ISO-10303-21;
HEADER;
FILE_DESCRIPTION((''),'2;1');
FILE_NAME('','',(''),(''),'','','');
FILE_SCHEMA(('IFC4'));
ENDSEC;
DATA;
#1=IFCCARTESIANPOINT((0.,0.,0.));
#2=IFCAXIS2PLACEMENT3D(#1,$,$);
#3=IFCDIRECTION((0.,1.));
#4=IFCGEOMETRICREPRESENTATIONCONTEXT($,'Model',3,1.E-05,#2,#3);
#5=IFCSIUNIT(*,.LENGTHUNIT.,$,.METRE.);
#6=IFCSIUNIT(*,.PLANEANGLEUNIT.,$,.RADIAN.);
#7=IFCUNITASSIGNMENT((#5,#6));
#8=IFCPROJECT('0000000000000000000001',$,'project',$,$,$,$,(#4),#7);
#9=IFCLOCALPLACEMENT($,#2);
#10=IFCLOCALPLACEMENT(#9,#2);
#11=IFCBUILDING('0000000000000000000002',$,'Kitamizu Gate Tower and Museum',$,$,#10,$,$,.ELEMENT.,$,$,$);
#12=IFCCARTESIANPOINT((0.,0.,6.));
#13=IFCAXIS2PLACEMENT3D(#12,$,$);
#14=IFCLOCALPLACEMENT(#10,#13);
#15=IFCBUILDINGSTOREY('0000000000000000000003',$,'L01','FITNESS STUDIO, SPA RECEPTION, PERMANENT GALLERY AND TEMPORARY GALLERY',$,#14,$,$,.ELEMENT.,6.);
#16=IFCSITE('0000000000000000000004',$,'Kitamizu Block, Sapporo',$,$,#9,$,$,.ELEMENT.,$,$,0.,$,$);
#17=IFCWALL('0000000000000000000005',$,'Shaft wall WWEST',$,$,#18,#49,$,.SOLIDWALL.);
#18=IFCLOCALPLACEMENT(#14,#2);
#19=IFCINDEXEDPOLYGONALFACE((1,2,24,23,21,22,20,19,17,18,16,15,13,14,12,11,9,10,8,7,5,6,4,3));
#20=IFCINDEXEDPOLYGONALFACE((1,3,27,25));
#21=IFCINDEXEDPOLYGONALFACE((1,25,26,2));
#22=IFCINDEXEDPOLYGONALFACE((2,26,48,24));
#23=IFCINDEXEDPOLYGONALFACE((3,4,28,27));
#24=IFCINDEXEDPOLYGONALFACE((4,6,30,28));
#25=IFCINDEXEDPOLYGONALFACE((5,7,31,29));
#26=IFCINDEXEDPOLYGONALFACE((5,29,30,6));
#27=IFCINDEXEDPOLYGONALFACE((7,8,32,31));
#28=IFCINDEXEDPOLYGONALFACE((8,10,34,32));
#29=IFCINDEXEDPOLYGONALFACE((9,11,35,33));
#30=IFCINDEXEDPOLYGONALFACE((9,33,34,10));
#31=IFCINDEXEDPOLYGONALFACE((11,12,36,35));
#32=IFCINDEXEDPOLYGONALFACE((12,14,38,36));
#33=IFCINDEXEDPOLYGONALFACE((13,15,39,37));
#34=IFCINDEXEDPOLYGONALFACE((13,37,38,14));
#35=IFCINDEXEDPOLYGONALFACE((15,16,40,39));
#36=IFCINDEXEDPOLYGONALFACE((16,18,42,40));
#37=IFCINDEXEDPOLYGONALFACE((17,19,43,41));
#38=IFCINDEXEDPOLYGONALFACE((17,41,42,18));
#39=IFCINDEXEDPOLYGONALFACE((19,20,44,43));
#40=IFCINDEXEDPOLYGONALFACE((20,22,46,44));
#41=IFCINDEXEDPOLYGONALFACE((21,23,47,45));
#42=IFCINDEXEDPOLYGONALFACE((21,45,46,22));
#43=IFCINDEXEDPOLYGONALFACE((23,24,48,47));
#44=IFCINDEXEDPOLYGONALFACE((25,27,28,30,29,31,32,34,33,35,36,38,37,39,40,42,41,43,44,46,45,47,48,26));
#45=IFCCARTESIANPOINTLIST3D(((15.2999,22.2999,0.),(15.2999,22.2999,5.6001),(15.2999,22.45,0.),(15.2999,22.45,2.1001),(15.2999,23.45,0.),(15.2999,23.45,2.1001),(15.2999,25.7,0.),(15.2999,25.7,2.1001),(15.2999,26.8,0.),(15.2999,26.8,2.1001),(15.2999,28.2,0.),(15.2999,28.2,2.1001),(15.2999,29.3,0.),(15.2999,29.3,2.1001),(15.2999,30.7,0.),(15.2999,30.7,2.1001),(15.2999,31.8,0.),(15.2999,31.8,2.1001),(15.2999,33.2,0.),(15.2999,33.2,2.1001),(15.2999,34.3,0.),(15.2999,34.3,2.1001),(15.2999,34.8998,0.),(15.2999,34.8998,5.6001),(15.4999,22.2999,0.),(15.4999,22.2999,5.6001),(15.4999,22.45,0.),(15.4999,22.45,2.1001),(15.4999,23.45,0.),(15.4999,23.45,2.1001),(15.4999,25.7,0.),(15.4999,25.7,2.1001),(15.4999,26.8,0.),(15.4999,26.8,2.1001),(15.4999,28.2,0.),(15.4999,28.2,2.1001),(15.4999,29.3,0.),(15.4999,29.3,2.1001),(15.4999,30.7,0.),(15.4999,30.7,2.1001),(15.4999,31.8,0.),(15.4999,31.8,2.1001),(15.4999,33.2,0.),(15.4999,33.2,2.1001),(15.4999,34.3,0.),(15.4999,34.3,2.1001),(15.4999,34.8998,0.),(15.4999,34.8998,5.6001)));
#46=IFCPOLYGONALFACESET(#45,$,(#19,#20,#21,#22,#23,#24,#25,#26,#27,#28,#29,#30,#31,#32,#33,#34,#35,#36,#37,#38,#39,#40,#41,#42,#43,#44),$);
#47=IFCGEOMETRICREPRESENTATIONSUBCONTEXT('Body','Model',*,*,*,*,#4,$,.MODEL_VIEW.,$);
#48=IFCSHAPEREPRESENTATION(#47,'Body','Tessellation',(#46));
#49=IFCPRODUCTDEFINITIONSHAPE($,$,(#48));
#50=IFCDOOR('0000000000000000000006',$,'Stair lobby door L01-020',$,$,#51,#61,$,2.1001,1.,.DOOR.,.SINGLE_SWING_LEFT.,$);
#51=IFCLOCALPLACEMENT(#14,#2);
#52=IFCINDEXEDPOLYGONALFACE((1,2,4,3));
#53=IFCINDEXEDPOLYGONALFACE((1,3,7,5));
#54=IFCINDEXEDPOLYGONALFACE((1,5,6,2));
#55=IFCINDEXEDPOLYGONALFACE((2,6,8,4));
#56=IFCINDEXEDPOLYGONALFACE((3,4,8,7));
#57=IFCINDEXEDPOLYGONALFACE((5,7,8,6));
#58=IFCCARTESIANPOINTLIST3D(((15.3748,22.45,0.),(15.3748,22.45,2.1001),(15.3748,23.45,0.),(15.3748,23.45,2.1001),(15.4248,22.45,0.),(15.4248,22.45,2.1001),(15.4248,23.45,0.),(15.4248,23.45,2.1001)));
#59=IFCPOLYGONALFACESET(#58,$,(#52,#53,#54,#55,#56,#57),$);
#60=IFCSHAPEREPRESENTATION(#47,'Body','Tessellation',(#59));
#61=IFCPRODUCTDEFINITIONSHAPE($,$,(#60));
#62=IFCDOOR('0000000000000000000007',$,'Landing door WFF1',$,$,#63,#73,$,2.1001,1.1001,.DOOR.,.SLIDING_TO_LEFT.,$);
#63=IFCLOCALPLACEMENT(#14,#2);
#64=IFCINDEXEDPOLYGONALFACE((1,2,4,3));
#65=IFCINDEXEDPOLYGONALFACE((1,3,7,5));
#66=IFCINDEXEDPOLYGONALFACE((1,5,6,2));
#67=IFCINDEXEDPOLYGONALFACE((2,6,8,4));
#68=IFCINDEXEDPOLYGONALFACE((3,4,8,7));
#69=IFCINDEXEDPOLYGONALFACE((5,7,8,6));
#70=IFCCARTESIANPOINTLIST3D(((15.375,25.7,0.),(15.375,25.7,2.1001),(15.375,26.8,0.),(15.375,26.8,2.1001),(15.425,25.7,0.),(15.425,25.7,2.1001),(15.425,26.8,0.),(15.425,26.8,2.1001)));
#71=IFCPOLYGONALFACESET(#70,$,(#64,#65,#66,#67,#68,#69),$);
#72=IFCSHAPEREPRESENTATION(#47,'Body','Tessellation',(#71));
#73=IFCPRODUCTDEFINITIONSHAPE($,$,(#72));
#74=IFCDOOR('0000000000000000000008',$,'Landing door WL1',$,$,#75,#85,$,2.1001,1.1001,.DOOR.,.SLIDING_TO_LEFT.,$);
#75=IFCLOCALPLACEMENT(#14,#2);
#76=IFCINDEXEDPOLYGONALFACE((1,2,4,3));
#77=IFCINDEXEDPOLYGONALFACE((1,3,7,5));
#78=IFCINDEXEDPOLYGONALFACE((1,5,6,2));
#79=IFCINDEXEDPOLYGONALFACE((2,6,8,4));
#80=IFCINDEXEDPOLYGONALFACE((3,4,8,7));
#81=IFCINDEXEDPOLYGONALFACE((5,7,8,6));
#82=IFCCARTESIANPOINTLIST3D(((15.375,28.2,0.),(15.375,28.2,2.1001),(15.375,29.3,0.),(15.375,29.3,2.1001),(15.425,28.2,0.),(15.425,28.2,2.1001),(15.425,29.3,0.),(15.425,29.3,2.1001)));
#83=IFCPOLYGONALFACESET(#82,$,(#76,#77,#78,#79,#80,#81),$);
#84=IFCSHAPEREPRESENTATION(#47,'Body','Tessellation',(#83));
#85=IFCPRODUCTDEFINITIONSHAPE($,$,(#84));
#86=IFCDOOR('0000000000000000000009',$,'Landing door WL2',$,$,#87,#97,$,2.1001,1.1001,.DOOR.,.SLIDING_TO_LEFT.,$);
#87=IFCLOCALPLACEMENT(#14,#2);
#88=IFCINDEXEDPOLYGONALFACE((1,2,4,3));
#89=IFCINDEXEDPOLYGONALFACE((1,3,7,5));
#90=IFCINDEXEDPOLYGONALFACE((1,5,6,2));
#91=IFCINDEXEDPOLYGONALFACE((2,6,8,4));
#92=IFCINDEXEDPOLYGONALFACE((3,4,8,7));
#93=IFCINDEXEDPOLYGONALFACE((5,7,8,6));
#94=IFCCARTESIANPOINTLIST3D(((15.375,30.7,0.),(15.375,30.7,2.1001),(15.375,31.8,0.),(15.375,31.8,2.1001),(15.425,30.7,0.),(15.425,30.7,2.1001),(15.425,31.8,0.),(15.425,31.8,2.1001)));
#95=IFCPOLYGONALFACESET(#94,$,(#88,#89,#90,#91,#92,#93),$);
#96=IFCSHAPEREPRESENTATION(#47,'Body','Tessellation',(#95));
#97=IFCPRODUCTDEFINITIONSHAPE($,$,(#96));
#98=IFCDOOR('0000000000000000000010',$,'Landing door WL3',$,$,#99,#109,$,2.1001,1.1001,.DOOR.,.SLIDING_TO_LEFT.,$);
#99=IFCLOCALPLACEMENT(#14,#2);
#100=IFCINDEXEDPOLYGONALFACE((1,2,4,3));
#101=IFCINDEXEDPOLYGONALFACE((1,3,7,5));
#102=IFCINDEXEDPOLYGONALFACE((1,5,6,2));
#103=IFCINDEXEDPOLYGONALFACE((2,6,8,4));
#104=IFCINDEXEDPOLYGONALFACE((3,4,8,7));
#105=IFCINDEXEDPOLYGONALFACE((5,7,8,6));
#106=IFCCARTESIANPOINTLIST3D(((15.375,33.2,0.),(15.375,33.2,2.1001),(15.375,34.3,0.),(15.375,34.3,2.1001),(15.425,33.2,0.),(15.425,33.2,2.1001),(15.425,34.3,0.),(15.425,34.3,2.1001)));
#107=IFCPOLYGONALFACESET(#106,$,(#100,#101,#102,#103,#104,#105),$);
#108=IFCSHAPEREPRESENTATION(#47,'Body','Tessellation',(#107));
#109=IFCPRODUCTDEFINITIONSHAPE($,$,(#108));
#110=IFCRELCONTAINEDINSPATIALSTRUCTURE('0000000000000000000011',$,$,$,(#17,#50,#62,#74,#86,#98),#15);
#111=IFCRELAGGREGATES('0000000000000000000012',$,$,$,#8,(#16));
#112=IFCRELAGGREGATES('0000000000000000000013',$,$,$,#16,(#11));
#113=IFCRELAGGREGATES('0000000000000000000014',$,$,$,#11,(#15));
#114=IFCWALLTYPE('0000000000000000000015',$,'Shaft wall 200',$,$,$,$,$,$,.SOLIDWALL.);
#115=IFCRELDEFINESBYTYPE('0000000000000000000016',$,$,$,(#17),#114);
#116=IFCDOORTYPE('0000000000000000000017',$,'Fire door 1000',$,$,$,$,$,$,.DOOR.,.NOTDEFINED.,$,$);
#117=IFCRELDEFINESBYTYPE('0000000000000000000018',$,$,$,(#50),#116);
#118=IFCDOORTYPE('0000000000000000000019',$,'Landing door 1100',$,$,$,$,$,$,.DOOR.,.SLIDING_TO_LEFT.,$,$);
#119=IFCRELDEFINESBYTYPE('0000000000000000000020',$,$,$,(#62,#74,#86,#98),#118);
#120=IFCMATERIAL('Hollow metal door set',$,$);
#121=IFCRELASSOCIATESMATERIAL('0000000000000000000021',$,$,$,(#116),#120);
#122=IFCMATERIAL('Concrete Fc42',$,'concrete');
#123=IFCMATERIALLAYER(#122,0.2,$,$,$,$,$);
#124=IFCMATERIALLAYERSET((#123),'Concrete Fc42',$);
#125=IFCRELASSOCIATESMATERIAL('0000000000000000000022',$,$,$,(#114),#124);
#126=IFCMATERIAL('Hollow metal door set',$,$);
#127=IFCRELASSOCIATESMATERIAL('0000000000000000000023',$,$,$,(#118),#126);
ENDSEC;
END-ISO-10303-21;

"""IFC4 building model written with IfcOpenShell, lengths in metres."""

from ifc_helpers import new_model, si_unit, direction, frame, frame_2d, origin, place, context, subcontext, project, spatial, rectangle, extrude, material, layer, layer_set, type_object, element, fill, save


model = new_model("IFC4")

# Units and contexts
model_context = context("Model", 3, precision=1e-05, world=origin(), true_north=direction((0.0, 1.0)))
body_context = subcontext(model_context, "Body", "Model", "MODEL_VIEW")
ifc_project = project(units=[si_unit("LENGTHUNIT", "METRE"), si_unit("PLANEANGLEUNIT", "RADIAN")], contexts=[model_context])

# Site, building, storey
site_placement = place(None, origin())
site = spatial("IfcSite", under=ifc_project, at=site_placement, Name="Kitamizu Block, Sapporo", CompositionType="ELEMENT", RefElevation=0.0)
building_placement = place(site_placement, origin())
building = spatial("IfcBuilding", under=site, at=building_placement, Name="Kitamizu Gate Tower and Museum", CompositionType="ELEMENT")
storey_placement = place(building_placement, frame((0.0, 0.0, 6.0)))
storey = spatial("IfcBuildingStorey", under=building, at=storey_placement, Name="L01", Description="FITNESS STUDIO, SPA RECEPTION, PERMANENT GALLERY AND TEMPORARY GALLERY", CompositionType="ELEMENT", Elevation=6.0)

# Wall, openings, doors
ifc_material_1 = material(Name="Hollow metal door set")
door_type_1 = type_object("IfcDoorType", Name="Fire door 1000", OperationType="NOTDEFINED", PredefinedType="DOOR", material=ifc_material_1)
ifc_material_2 = material(Name="Concrete Fc42", Category="concrete")
ifc_layer_1 = layer(ifc_material_2, 0.2)
ifc_layer_set_1 = layer_set([ifc_layer_1], Name="Concrete Fc42")
wall_type_1 = type_object("IfcWallType", Name="Shaft wall 200", PredefinedType="SOLIDWALL", material=ifc_layer_set_1)
wall_1_placement = place(storey_placement, frame((15.3999, 22.3, 0.0), z_axis=(0.0, 0.0, 1.0), x_axis=(0.0, 1.0, 0.0)))
wall_1 = element("IfcWall", 1, at=wall_1_placement, inside=storey, type_object=wall_type_1, Name="Shaft wall WWEST", PredefinedType="SOLIDWALL", context=body_context, shape_type="SweptSolid", body=[
    extrude(rectangle(XDim=12.5999, YDim=0.2, at=frame_2d((6.2998, 0.0))), origin(), (0.0, 0.0, 1.0), 5.6001),
])
opening_1_placement = place(wall_1_placement, frame((3.3999, 0.0, 0.0)))
opening_1 = element("IfcOpeningElement", 2, at=opening_1_placement, cuts=wall_1, PredefinedType="OPENING", context=body_context, shape_type="SweptSolid", body=[
    extrude(rectangle(XDim=1.1001, YDim=2.1001, at=frame_2d((0.55, 1.05))), frame((0.0, 0.1099, 0.0), z_axis=(0.0, -1.0, 0.0), x_axis=(1.0, 0.0, 0.0)), (0.0, 0.0, 1.0), 0.22),
])
opening_2_placement = place(wall_1_placement, frame((5.8999, 0.0, 0.0)))
opening_2 = element("IfcOpeningElement", 3, at=opening_2_placement, cuts=wall_1, PredefinedType="OPENING", context=body_context, shape_type="SweptSolid", body=[
    extrude(rectangle(XDim=1.1001, YDim=2.1001, at=frame_2d((0.55, 1.05))), frame((0.0, 0.1099, 0.0), z_axis=(0.0, -1.0, 0.0), x_axis=(1.0, 0.0, 0.0)), (0.0, 0.0, 1.0), 0.22),
])
opening_3_placement = place(wall_1_placement, frame((8.3999, 0.0, 0.0)))
opening_3 = element("IfcOpeningElement", 4, at=opening_3_placement, cuts=wall_1, PredefinedType="OPENING", context=body_context, shape_type="SweptSolid", body=[
    extrude(rectangle(XDim=1.1001, YDim=2.1001, at=frame_2d((0.55, 1.05))), frame((0.0, 0.1099, 0.0), z_axis=(0.0, -1.0, 0.0), x_axis=(1.0, 0.0, 0.0)), (0.0, 0.0, 1.0), 0.22),
])
opening_4_placement = place(wall_1_placement, frame((10.8999, 0.0, 0.0)))
opening_4 = element("IfcOpeningElement", 5, at=opening_4_placement, cuts=wall_1, PredefinedType="OPENING", context=body_context, shape_type="SweptSolid", body=[
    extrude(rectangle(XDim=1.1001, YDim=2.1001, at=frame_2d((0.55, 1.05))), frame((0.0, 0.1099, 0.0), z_axis=(0.0, -1.0, 0.0), x_axis=(1.0, 0.0, 0.0)), (0.0, 0.0, 1.0), 0.22),
])
opening_5_placement = place(wall_1_placement, frame((0.1499, 0.0, 0.0)))
opening_5 = element("IfcOpeningElement", 6, at=opening_5_placement, cuts=wall_1, PredefinedType="OPENING", context=body_context, shape_type="SweptSolid", body=[
    extrude(rectangle(XDim=1.0, YDim=2.1001, at=frame_2d((0.5, 1.05))), frame((0.0, 0.1099, 0.0), z_axis=(0.0, -1.0, 0.0), x_axis=(1.0, 0.0, 0.0)), (0.0, 0.0, 1.0), 0.22),
])
door_1_placement = place(opening_5_placement, frame((1.0, 0.0, 0.0), x_axis=(-1.0, 0.0, 0.0)))
door_1 = element("IfcDoor", 7, at=door_1_placement, inside=storey, type_object=door_type_1, Name="Stair lobby door L01-020", OperationType="SINGLE_SWING_LEFT", OverallHeight=2.1001, OverallWidth=1.0, PredefinedType="DOOR", context=body_context, shape_type="SweptSolid", body=[
    extrude(rectangle(XDim=1.0, YDim=2.1001, at=frame_2d((0.5, 1.05))), frame((0.0, 0.0249, 0.0), z_axis=(0.0, -1.0, 0.0), x_axis=(1.0, 0.0, 0.0)), (0.0, 0.0, 1.0), 0.05),
])
fill(opening_5, door_1)
ifc_material_3 = material(Name="Hollow metal door set")
door_type_2 = type_object("IfcDoorType", Name="Landing door 1100", OperationType="SLIDING_TO_LEFT", PredefinedType="DOOR", material=ifc_material_3)
door_2_placement = place(opening_1_placement, origin())
door_2 = element("IfcDoor", 8, at=door_2_placement, inside=storey, type_object=door_type_2, Name="Landing door WFF1", OperationType="SLIDING_TO_LEFT", OverallHeight=2.1001, OverallWidth=1.1001, PredefinedType="DOOR", context=body_context, shape_type="SweptSolid", body=[
    extrude(rectangle(XDim=1.1001, YDim=2.1001, at=frame_2d((0.55, 1.05))), frame((0.0, 0.0249, 0.0), z_axis=(0.0, -1.0, 0.0), x_axis=(1.0, 0.0, 0.0)), (0.0, 0.0, 1.0), 0.05),
])
fill(opening_1, door_2)
door_3_placement = place(opening_2_placement, origin())
door_3 = element("IfcDoor", 9, at=door_3_placement, inside=storey, type_object=door_type_2, Name="Landing door WL1", OperationType="SLIDING_TO_LEFT", OverallHeight=2.1001, OverallWidth=1.1001, PredefinedType="DOOR", context=body_context, shape_type="SweptSolid", body=[
    extrude(rectangle(XDim=1.1001, YDim=2.1001, at=frame_2d((0.55, 1.05))), frame((0.0, 0.0249, 0.0), z_axis=(0.0, -1.0, 0.0), x_axis=(1.0, 0.0, 0.0)), (0.0, 0.0, 1.0), 0.05),
])
fill(opening_2, door_3)
door_4_placement = place(opening_3_placement, origin())
door_4 = element("IfcDoor", 10, at=door_4_placement, inside=storey, type_object=door_type_2, Name="Landing door WL2", OperationType="SLIDING_TO_LEFT", OverallHeight=2.1001, OverallWidth=1.1001, PredefinedType="DOOR", context=body_context, shape_type="SweptSolid", body=[
    extrude(rectangle(XDim=1.1001, YDim=2.1001, at=frame_2d((0.55, 1.05))), frame((0.0, 0.0249, 0.0), z_axis=(0.0, -1.0, 0.0), x_axis=(1.0, 0.0, 0.0)), (0.0, 0.0, 1.0), 0.05),
])
fill(opening_3, door_4)
door_5_placement = place(opening_4_placement, origin())
door_5 = element("IfcDoor", 11, at=door_5_placement, inside=storey, type_object=door_type_2, Name="Landing door WL3", OperationType="SLIDING_TO_LEFT", OverallHeight=2.1001, OverallWidth=1.1001, PredefinedType="DOOR", context=body_context, shape_type="SweptSolid", body=[
    extrude(rectangle(XDim=1.1001, YDim=2.1001, at=frame_2d((0.55, 1.05))), frame((0.0, 0.0249, 0.0), z_axis=(0.0, -1.0, 0.0), x_axis=(1.0, 0.0, 0.0)), (0.0, 0.0, 1.0), 0.05),
])
fill(opening_4, door_5)

save(model, "model.ifc")
